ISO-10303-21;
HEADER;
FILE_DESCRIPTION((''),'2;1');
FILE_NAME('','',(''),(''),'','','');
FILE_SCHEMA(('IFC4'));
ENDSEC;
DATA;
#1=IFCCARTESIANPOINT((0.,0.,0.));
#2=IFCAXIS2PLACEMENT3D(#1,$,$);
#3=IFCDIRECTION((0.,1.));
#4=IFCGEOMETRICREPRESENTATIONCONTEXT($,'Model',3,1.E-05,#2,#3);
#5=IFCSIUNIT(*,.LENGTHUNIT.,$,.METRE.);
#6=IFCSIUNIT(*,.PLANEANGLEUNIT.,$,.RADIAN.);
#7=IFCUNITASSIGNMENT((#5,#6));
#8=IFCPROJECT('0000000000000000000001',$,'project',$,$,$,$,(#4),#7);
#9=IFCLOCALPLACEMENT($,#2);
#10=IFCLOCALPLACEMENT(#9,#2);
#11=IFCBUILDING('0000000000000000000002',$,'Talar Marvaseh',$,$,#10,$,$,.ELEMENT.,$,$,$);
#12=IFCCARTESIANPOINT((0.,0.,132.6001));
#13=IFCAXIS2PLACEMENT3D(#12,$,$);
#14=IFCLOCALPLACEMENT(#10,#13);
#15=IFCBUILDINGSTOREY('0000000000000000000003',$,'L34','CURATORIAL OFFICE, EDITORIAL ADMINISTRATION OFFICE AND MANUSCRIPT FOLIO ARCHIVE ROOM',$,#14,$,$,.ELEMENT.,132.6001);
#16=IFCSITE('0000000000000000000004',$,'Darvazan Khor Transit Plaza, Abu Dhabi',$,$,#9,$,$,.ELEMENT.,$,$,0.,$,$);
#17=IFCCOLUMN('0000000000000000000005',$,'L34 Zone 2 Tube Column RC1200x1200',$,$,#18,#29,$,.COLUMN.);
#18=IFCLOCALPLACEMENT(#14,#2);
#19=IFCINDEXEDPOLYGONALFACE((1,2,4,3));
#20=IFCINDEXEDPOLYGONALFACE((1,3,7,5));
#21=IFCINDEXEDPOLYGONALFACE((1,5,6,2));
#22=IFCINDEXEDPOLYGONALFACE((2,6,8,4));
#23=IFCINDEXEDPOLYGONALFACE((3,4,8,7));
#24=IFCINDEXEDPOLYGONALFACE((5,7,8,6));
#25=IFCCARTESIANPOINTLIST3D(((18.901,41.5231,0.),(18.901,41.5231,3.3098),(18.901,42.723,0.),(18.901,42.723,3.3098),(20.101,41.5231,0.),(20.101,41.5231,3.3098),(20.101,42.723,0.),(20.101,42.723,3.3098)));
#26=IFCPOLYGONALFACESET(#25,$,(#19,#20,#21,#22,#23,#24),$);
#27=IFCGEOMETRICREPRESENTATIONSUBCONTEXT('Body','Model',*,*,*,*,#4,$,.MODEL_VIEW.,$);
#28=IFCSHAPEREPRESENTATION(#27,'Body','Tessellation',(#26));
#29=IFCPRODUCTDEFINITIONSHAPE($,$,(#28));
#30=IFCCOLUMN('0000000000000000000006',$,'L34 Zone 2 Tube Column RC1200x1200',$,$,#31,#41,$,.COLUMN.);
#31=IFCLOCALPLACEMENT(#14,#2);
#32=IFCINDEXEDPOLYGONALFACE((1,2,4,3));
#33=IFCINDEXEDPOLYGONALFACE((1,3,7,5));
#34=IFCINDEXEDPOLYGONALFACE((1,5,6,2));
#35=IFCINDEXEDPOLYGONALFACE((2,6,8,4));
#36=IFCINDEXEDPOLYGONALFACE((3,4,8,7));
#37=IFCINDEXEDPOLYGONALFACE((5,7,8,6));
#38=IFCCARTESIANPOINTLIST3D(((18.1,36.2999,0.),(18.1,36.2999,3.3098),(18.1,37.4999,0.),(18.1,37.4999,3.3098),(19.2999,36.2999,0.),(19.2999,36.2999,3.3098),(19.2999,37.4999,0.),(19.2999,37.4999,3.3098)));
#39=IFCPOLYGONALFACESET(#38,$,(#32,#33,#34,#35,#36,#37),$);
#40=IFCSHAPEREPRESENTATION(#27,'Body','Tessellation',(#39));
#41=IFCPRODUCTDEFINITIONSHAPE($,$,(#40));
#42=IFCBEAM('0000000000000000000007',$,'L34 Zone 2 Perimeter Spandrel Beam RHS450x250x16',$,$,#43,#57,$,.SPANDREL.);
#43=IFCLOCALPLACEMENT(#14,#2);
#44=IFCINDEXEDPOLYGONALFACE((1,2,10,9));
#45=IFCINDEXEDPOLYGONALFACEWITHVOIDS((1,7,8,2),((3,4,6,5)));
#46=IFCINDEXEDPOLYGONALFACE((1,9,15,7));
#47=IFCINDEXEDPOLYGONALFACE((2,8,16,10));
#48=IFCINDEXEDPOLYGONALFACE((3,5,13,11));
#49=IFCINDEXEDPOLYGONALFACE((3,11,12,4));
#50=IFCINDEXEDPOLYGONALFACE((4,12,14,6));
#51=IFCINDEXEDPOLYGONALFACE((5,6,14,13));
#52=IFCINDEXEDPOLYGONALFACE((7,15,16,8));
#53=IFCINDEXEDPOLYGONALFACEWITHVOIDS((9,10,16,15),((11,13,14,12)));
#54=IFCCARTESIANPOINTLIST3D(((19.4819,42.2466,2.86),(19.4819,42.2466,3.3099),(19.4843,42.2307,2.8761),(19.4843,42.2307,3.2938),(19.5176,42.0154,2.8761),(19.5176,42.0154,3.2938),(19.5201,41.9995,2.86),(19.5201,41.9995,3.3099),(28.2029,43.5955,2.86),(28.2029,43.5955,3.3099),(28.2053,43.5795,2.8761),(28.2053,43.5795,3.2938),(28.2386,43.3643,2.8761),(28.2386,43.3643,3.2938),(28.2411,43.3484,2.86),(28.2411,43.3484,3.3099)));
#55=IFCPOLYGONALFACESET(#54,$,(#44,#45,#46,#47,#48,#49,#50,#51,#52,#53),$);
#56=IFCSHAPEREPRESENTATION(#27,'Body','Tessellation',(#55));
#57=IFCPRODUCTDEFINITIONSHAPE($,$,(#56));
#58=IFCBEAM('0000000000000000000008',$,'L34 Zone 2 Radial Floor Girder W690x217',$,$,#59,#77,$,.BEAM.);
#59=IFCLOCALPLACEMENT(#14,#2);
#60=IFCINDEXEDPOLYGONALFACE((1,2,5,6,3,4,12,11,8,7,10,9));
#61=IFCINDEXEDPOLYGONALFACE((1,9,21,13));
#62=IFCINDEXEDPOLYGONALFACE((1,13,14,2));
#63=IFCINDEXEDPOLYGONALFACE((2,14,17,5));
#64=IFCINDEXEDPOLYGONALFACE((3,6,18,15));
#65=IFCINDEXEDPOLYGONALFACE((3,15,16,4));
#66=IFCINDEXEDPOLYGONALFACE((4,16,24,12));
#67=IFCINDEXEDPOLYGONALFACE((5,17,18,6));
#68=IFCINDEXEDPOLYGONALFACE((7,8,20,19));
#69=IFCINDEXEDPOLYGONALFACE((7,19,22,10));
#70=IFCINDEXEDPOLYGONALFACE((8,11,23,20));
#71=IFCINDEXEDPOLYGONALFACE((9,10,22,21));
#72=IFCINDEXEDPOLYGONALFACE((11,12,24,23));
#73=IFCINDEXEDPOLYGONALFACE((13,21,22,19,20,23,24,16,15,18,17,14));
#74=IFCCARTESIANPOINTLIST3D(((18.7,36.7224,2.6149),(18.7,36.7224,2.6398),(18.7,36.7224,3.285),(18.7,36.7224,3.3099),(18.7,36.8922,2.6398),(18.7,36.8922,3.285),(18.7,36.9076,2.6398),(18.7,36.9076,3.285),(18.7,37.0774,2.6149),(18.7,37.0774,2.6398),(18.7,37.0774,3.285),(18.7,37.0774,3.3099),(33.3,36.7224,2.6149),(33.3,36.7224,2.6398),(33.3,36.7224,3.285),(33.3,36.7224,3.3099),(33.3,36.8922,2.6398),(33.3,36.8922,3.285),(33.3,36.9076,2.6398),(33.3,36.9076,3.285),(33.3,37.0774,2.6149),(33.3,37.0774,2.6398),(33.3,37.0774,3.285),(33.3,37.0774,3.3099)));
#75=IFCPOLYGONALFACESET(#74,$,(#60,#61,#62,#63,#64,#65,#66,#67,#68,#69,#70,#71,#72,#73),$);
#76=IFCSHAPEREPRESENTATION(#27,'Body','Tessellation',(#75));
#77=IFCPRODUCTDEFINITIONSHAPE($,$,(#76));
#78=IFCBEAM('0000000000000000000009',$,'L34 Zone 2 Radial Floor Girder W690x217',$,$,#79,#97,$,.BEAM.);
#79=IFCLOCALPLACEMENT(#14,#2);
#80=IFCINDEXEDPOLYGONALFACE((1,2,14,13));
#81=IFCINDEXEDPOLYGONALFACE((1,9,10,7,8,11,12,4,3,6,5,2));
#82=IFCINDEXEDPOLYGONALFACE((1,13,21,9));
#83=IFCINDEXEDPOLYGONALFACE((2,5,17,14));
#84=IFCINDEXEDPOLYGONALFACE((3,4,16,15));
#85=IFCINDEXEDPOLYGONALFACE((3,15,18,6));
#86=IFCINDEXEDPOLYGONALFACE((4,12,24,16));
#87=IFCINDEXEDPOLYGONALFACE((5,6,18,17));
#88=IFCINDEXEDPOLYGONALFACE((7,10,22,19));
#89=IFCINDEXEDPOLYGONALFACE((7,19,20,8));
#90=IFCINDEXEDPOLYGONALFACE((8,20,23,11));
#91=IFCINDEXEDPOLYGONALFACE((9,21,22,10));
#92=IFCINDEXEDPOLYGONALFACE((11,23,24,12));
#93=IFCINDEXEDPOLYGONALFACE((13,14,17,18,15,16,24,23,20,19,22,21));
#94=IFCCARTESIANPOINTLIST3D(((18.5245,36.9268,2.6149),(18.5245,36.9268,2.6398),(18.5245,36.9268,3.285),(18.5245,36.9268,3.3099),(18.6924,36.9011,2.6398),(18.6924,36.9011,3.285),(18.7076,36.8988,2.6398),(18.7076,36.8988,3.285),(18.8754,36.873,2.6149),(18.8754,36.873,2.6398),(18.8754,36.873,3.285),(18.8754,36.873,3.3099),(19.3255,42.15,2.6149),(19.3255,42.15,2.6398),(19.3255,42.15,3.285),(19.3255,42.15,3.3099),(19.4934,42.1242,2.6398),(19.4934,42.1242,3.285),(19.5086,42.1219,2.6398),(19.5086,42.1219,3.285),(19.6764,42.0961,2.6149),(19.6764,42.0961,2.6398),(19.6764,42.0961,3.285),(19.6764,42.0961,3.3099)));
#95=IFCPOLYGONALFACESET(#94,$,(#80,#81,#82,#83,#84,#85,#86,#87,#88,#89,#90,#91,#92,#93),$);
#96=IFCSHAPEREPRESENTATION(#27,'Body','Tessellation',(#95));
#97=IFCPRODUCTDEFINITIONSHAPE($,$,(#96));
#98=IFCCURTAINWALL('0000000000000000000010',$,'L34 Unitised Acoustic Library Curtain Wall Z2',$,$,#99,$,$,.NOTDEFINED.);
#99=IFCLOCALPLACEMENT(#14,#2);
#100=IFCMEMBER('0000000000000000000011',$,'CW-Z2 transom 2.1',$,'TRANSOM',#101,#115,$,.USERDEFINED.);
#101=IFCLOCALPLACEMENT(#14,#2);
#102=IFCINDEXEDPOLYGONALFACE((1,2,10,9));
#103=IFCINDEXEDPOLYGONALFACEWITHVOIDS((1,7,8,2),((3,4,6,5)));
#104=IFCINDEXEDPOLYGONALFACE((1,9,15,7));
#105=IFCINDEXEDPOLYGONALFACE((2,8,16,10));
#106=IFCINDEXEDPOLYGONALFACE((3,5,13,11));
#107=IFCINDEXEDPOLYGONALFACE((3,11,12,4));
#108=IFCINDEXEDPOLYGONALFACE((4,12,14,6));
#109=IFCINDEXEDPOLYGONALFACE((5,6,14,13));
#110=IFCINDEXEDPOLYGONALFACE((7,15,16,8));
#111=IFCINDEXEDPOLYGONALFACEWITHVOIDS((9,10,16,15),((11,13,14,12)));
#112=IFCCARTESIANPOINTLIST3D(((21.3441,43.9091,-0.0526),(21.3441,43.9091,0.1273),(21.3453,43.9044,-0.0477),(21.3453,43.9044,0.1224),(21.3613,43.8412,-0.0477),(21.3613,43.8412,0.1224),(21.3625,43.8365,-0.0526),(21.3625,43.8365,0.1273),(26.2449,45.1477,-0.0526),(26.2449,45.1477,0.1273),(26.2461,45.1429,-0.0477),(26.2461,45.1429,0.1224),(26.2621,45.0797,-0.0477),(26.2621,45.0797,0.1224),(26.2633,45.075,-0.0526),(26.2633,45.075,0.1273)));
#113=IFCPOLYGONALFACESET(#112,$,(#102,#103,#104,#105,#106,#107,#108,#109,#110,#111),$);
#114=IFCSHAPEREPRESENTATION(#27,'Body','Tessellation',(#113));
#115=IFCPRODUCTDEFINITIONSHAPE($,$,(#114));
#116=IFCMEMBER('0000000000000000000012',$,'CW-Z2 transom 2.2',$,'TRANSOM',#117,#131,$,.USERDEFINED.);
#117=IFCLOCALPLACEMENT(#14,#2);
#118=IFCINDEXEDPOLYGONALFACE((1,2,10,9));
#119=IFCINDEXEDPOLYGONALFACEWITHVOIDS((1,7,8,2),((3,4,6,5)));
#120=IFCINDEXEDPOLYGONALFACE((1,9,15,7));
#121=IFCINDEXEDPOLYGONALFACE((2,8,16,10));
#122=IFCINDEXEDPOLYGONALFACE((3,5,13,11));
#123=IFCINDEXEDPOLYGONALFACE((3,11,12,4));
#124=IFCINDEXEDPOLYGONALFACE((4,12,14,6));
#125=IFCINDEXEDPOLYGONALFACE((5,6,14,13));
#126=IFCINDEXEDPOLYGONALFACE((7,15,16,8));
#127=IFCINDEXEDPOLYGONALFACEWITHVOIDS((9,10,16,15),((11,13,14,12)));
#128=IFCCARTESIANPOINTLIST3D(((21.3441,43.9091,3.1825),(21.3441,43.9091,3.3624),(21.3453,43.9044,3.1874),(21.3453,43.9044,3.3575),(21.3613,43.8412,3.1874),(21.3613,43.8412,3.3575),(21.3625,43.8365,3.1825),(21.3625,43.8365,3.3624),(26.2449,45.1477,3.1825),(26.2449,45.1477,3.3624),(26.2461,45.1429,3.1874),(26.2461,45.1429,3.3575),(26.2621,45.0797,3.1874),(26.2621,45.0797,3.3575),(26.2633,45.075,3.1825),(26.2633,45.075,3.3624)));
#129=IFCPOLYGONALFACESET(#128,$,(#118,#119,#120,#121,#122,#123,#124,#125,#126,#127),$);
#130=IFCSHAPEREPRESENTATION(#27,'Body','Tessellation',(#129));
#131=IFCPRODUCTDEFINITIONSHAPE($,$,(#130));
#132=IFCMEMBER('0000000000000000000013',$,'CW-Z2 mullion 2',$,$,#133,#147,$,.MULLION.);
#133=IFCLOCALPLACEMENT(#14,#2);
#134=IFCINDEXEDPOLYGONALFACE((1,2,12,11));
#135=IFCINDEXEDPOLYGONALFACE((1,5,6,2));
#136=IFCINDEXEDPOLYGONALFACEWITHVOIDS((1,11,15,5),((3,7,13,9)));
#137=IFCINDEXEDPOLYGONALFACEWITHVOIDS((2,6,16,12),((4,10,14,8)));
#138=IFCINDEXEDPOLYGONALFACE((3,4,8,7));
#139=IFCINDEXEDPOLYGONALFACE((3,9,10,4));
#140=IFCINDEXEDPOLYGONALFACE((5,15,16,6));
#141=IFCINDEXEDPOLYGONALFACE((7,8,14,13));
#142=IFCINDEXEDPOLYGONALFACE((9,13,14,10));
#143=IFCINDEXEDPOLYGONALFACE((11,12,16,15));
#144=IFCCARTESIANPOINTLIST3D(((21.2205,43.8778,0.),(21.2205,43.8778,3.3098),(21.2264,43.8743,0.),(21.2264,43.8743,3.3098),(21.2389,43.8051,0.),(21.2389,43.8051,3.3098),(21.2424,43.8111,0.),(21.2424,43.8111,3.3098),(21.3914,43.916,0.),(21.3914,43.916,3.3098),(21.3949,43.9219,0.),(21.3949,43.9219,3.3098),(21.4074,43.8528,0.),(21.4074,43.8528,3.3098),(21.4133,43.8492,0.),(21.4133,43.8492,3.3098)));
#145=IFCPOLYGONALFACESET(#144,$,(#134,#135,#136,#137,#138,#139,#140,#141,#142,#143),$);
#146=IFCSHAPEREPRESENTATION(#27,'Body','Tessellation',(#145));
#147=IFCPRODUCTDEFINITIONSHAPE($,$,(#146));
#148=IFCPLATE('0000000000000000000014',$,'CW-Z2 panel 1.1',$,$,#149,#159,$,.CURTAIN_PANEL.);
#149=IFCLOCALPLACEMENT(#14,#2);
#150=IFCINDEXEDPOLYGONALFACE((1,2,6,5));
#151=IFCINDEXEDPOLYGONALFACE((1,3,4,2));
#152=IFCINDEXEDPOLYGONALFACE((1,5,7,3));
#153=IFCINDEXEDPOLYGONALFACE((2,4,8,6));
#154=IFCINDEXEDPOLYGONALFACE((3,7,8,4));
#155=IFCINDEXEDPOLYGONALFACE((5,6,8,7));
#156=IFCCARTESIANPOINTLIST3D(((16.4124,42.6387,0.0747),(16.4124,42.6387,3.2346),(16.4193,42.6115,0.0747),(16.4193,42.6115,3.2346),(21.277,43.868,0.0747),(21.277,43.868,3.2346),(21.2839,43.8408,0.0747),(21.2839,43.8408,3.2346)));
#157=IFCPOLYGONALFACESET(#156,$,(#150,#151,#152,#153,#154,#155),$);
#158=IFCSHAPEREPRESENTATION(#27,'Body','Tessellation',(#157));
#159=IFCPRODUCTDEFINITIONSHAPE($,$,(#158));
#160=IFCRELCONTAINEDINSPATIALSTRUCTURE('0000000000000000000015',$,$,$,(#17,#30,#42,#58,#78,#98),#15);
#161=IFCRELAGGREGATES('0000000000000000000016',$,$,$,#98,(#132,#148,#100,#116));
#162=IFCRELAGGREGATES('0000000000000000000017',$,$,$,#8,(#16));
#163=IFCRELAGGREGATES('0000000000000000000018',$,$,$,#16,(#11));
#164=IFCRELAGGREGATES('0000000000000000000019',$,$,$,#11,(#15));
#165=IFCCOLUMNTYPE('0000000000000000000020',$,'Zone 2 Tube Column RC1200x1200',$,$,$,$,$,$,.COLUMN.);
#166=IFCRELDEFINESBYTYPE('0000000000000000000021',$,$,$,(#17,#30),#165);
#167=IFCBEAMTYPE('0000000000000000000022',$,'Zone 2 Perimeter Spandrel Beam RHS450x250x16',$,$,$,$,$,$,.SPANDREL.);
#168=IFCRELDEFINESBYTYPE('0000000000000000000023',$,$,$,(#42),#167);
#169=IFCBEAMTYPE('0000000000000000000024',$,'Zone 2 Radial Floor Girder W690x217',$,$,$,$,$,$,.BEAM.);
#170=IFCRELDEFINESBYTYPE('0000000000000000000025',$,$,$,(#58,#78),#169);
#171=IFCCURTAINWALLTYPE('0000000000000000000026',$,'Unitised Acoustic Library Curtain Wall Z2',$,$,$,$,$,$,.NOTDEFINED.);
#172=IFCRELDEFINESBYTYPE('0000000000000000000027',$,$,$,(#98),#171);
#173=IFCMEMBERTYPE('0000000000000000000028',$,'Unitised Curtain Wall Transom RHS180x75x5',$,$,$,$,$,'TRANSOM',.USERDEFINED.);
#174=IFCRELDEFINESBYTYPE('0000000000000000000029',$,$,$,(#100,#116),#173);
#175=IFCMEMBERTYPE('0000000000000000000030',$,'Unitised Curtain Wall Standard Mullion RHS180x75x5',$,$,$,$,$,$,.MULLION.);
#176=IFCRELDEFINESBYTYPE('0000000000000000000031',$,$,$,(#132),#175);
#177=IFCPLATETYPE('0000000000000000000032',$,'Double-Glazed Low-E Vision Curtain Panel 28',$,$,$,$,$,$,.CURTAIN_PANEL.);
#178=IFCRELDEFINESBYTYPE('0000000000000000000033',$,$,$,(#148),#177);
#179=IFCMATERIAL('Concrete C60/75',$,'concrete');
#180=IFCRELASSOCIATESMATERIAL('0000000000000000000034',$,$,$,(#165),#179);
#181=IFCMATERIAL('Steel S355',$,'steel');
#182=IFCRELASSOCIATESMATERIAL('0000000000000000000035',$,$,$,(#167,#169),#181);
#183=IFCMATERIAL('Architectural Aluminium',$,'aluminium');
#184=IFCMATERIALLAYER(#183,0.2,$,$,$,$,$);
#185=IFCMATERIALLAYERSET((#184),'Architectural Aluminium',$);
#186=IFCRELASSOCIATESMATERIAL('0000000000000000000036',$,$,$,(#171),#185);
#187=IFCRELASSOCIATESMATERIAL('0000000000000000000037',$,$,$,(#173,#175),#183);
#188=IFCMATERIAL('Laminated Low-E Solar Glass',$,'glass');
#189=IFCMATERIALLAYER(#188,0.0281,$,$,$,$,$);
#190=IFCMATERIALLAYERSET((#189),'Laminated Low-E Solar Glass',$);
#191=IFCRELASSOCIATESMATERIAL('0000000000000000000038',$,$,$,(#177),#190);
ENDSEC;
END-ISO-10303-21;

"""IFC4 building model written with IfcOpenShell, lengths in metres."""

from ifc_helpers import new_model, si_unit, direction, frame, origin, origin_2d, place, context, subcontext, project, spatial, rectangle, hollow_rectangle, i_section, extrude, source, transform, mapped, material, layer, layer_set, material_profile, profile_set, type_object, type_shapes, element, aggregate, save


model = new_model("IFC4")

# Units and contexts
model_context = context("Model", 3, precision=1e-05, world=origin(), true_north=direction((0.0, 1.0)))
body_context = subcontext(model_context, "Body", "Model", "MODEL_VIEW")
ifc_project = project(units=[si_unit("LENGTHUNIT", "METRE"), si_unit("PLANEANGLEUNIT", "RADIAN")], contexts=[model_context])

# Site, building, storey
site_placement = place(None, origin())
site = spatial("IfcSite", under=ifc_project, at=site_placement, Name="Darvazan Khor Transit Plaza, Abu Dhabi", CompositionType="ELEMENT", RefElevation=0.0)
building_placement = place(site_placement, origin())
building = spatial("IfcBuilding", under=site, at=building_placement, Name="Talar Marvaseh", CompositionType="ELEMENT")
storey_placement = place(building_placement, frame((0.0, 0.0, 132.6001)))
storey = spatial("IfcBuildingStorey", under=building, at=storey_placement, Name="L34", Description="CURATORIAL OFFICE, EDITORIAL ADMINISTRATION OFFICE AND MANUSCRIPT FOLIO ARCHIVE ROOM", CompositionType="ELEMENT", Elevation=132.6001)

# Columns
ifc_material_1 = material(Name="Concrete C60/75", Category="concrete")
ifc_material_profile_1 = material_profile(ifc_material_1, rectangle(XDim=1.2, YDim=1.2, at=origin_2d()), Name="RC1200x1200")
ifc_profile_set_1 = profile_set([ifc_material_profile_1], Name="Concrete C60/75")
column_type = type_object("IfcColumnType", Name="Zone 2 Tube Column RC1200x1200", PredefinedType="COLUMN", material=ifc_profile_set_1)
for number, where, z_axis, x_axis, name in (
    (1, (19.501, 42.123, 0.0), (0.0, 0.0, 1.0), (1.0, 0.0, 0.0), "L34 Zone 2 Tube Column RC1200x1200"),
    (2, (18.7, 36.8999, 0.0), (0.0, 0.0, 1.0), (1.0, 0.0, 0.0), "L34 Zone 2 Tube Column RC1200x1200"),
):
    element("IfcColumn", number, at=place(storey_placement, frame(where, z_axis=z_axis, x_axis=x_axis)), inside=storey, type_object=column_type, Name=name, PredefinedType="COLUMN", context=body_context, shape_type="SweptSolid", body=[
        extrude(rectangle(XDim=1.2, YDim=1.2, at=origin_2d()), origin(), (0.0, 0.0, 1.0), 3.3098),
    ])

# Beams
ifc_material_2 = material(Name="Steel S355", Category="steel")
ifc_material_profile_2 = material_profile(ifc_material_2, hollow_rectangle(XDim=0.25, YDim=0.45, WallThickness=0.0161, at=origin_2d()), Name="RHS450x250x16")
ifc_profile_set_2 = profile_set([ifc_material_profile_2], Name="Steel S355")
beam_type_1 = type_object("IfcBeamType", Name="Zone 2 Perimeter Spandrel Beam RHS450x250x16", PredefinedType="SPANDREL", material=ifc_profile_set_2)
beam_1_placement = place(storey_placement, frame((19.501, 42.123, 3.085), z_axis=(0.988249, 0.152853, 0.0), x_axis=(-0.152853, 0.988249, 0.0)))
element("IfcBeam", 3, at=beam_1_placement, inside=storey, type_object=beam_type_1, Name="L34 Zone 2 Perimeter Spandrel Beam RHS450x250x16", PredefinedType="SPANDREL", context=body_context, shape_type="SweptSolid", body=[
    extrude(hollow_rectangle(XDim=0.25, YDim=0.45, WallThickness=0.0161, at=origin_2d()), origin(), (0.0, 0.0, 1.0), 8.8247),
])
ifc_material_profile_3 = material_profile(ifc_material_2, i_section(OverallWidth=0.355, OverallDepth=0.6951, WebThickness=0.0154, FlangeThickness=0.0249, at=origin_2d()), Name="W690x217")
ifc_profile_set_3 = profile_set([ifc_material_profile_3], Name="Steel S355")
beam_type_2 = type_object("IfcBeamType", Name="Zone 2 Radial Floor Girder W690x217", PredefinedType="BEAM", material=ifc_profile_set_3)
beam_2_placement = place(storey_placement, frame((18.7, 36.8999, 2.9624), z_axis=(1.0, 0.0, 0.0), x_axis=(0.0, 1.0, 0.0)))
element("IfcBeam", 4, at=beam_2_placement, inside=storey, type_object=beam_type_2, Name="L34 Zone 2 Radial Floor Girder W690x217", PredefinedType="BEAM", context=body_context, shape_type="SweptSolid", body=[
    extrude(i_section(OverallWidth=0.355, OverallDepth=0.6951, WebThickness=0.0154, FlangeThickness=0.0249, at=origin_2d()), origin(), (0.0, 0.0, 1.0), 14.6001),
])
beam_3_placement = place(storey_placement, frame((19.501, 42.123, 2.9624), z_axis=(-0.151588, -0.988444, 0.0), x_axis=(0.988444, -0.151588, 0.0)))
element("IfcBeam", 5, at=beam_3_placement, inside=storey, type_object=beam_type_2, Name="L34 Zone 2 Radial Floor Girder W690x217", PredefinedType="BEAM", context=body_context, shape_type="SweptSolid", body=[
    extrude(i_section(OverallWidth=0.355, OverallDepth=0.6951, WebThickness=0.0154, FlangeThickness=0.0249, at=origin_2d()), origin(), (0.0, 0.0, 1.0), 5.2842),
])

# Curtain wall, members, plate
ifc_material_3 = material(Name="Architectural Aluminium", Category="aluminium")
ifc_layer_1 = layer(ifc_material_3, 0.2)
ifc_layer_set_1 = layer_set([ifc_layer_1], Name="Architectural Aluminium")
curtain_wall_type = type_object("IfcCurtainWallType", Name="Unitised Acoustic Library Curtain Wall Z2", PredefinedType="NOTDEFINED", material=ifc_layer_set_1)
curtain_wall_placement = place(storey_placement, origin())
curtain_wall = element("IfcCurtainWall", 6, at=curtain_wall_placement, inside=storey, type_object=curtain_wall_type, Name="L34 Unitised Acoustic Library Curtain Wall Z2", PredefinedType="NOTDEFINED")
ifc_material_profile_4 = material_profile(ifc_material_3, hollow_rectangle(XDim=0.075, YDim=0.1799, WallThickness=0.0049, at=origin_2d()), Name="RHS180x75x5")
ifc_profile_set_4 = profile_set([ifc_material_profile_4], Name="Architectural Aluminium")
member_type_1 = type_object("IfcMemberType", Name="Unitised Curtain Wall Transom RHS180x75x5", ElementType="TRANSOM", PredefinedType="USERDEFINED", material=ifc_profile_set_4)
shared_shape_1 = source(origin(), body_context, "Body", "SweptSolid", [
    extrude(hollow_rectangle(XDim=0.075, YDim=0.1799, WallThickness=0.0049, at=origin_2d()), origin(), (0.0, 0.0, 1.0), 5.0549),
])
type_shapes(member_type_1, [shared_shape_1])
member_1_placement = place(storey_placement, frame((21.3533, 43.8728, 0.0374), z_axis=(0.96952, 0.245012, 0.0), x_axis=(-0.245012, 0.96952, 0.0)))
member_1 = element("IfcMember", 7, at=member_1_placement, type_object=member_type_1, Name="CW-Z2 transom 2.1", ObjectType="TRANSOM", PredefinedType="USERDEFINED", context=body_context, shape_type="MappedRepresentation", body=[
    mapped(shared_shape_1, transform((0.0, 0.0, 0.0), x_axis=(1.0, 0.0, 0.0), y_axis=(0.0, 1.0, 0.0), z_axis=(0.0, 0.0, 1.0), scale=1.0)),
])
member_2_placement = place(storey_placement, frame((21.3533, 43.8728, 3.2725), z_axis=(0.96952, 0.245012, 0.0), x_axis=(-0.245012, 0.96952, 0.0)))
member_2 = element("IfcMember", 8, at=member_2_placement, type_object=member_type_1, Name="CW-Z2 transom 2.2", ObjectType="TRANSOM", PredefinedType="USERDEFINED", context=body_context, shape_type="MappedRepresentation", body=[
    mapped(shared_shape_1, transform((0.0, 0.0, 0.0), x_axis=(1.0, 0.0, 0.0), y_axis=(0.0, 1.0, 0.0), z_axis=(0.0, 0.0, 1.0), scale=1.0)),
])
ifc_material_profile_5 = material_profile(ifc_material_3, hollow_rectangle(XDim=0.075, YDim=0.1799, WallThickness=0.0049, at=origin_2d()), Name="RHS180x75x5")
ifc_profile_set_5 = profile_set([ifc_material_profile_5], Name="Architectural Aluminium")
member_type_2 = type_object("IfcMemberType", Name="Unitised Curtain Wall Standard Mullion RHS180x75x5", PredefinedType="MULLION", material=ifc_profile_set_5)
shared_shape_2 = source(origin(), body_context, "Body", "SweptSolid", [
    extrude(hollow_rectangle(XDim=0.075, YDim=0.1799, WallThickness=0.0049, at=origin_2d()), origin(), (0.0, 0.0, 1.0), 3.3098),
])
type_shapes(member_type_2, [shared_shape_2])
member_3_placement = place(storey_placement, frame((21.3169, 43.8635, 0.0), z_axis=(0.0, 0.0, 1.0), x_axis=(-0.245007, 0.969521, 0.0)))
member_3 = element("IfcMember", 9, at=member_3_placement, type_object=member_type_2, Name="CW-Z2 mullion 2", PredefinedType="MULLION", context=body_context, shape_type="MappedRepresentation", body=[
    mapped(shared_shape_2, transform((0.0, 0.0, 0.0), x_axis=(1.0, 0.0, 0.0), y_axis=(0.0, 1.0, 0.0), z_axis=(0.0, 0.0, 1.0), scale=1.0)),
])
ifc_material_4 = material(Name="Laminated Low-E Solar Glass", Category="glass")
ifc_layer_2 = layer(ifc_material_4, 0.0281)
ifc_layer_set_2 = layer_set([ifc_layer_2], Name="Laminated Low-E Solar Glass")
plate_type = type_object("IfcPlateType", Name="Double-Glazed Low-E Vision Curtain Panel 28", PredefinedType="CURTAIN_PANEL", material=ifc_layer_set_2)
shared_shape_3 = source(origin(), body_context, "Body", "SweptSolid", [
    extrude(rectangle(XDim=5.0176, YDim=0.0281, at=origin_2d()), origin(), (0.0, 0.0, 1.0), 3.1599),
])
type_shapes(plate_type, [shared_shape_3])
plate_placement = place(storey_placement, frame((18.8481, 43.2397, 0.0747), z_axis=(0.0, 0.0, 1.0), x_axis=(0.969521, 0.245007, 0.0)))
plate = element("IfcPlate", 10, at=plate_placement, type_object=plate_type, Name="CW-Z2 panel 1.1", PredefinedType="CURTAIN_PANEL", context=body_context, shape_type="MappedRepresentation", body=[
    mapped(shared_shape_3, transform((0.0, 0.0, 0.0), x_axis=(1.0, 0.0, 0.0), y_axis=(0.0, 1.0, 0.0), z_axis=(0.0, 0.0, 1.0), scale=1.0)),
])
aggregate(curtain_wall, [member_3, plate, member_1, member_2])

save(model, "model.ifc")
